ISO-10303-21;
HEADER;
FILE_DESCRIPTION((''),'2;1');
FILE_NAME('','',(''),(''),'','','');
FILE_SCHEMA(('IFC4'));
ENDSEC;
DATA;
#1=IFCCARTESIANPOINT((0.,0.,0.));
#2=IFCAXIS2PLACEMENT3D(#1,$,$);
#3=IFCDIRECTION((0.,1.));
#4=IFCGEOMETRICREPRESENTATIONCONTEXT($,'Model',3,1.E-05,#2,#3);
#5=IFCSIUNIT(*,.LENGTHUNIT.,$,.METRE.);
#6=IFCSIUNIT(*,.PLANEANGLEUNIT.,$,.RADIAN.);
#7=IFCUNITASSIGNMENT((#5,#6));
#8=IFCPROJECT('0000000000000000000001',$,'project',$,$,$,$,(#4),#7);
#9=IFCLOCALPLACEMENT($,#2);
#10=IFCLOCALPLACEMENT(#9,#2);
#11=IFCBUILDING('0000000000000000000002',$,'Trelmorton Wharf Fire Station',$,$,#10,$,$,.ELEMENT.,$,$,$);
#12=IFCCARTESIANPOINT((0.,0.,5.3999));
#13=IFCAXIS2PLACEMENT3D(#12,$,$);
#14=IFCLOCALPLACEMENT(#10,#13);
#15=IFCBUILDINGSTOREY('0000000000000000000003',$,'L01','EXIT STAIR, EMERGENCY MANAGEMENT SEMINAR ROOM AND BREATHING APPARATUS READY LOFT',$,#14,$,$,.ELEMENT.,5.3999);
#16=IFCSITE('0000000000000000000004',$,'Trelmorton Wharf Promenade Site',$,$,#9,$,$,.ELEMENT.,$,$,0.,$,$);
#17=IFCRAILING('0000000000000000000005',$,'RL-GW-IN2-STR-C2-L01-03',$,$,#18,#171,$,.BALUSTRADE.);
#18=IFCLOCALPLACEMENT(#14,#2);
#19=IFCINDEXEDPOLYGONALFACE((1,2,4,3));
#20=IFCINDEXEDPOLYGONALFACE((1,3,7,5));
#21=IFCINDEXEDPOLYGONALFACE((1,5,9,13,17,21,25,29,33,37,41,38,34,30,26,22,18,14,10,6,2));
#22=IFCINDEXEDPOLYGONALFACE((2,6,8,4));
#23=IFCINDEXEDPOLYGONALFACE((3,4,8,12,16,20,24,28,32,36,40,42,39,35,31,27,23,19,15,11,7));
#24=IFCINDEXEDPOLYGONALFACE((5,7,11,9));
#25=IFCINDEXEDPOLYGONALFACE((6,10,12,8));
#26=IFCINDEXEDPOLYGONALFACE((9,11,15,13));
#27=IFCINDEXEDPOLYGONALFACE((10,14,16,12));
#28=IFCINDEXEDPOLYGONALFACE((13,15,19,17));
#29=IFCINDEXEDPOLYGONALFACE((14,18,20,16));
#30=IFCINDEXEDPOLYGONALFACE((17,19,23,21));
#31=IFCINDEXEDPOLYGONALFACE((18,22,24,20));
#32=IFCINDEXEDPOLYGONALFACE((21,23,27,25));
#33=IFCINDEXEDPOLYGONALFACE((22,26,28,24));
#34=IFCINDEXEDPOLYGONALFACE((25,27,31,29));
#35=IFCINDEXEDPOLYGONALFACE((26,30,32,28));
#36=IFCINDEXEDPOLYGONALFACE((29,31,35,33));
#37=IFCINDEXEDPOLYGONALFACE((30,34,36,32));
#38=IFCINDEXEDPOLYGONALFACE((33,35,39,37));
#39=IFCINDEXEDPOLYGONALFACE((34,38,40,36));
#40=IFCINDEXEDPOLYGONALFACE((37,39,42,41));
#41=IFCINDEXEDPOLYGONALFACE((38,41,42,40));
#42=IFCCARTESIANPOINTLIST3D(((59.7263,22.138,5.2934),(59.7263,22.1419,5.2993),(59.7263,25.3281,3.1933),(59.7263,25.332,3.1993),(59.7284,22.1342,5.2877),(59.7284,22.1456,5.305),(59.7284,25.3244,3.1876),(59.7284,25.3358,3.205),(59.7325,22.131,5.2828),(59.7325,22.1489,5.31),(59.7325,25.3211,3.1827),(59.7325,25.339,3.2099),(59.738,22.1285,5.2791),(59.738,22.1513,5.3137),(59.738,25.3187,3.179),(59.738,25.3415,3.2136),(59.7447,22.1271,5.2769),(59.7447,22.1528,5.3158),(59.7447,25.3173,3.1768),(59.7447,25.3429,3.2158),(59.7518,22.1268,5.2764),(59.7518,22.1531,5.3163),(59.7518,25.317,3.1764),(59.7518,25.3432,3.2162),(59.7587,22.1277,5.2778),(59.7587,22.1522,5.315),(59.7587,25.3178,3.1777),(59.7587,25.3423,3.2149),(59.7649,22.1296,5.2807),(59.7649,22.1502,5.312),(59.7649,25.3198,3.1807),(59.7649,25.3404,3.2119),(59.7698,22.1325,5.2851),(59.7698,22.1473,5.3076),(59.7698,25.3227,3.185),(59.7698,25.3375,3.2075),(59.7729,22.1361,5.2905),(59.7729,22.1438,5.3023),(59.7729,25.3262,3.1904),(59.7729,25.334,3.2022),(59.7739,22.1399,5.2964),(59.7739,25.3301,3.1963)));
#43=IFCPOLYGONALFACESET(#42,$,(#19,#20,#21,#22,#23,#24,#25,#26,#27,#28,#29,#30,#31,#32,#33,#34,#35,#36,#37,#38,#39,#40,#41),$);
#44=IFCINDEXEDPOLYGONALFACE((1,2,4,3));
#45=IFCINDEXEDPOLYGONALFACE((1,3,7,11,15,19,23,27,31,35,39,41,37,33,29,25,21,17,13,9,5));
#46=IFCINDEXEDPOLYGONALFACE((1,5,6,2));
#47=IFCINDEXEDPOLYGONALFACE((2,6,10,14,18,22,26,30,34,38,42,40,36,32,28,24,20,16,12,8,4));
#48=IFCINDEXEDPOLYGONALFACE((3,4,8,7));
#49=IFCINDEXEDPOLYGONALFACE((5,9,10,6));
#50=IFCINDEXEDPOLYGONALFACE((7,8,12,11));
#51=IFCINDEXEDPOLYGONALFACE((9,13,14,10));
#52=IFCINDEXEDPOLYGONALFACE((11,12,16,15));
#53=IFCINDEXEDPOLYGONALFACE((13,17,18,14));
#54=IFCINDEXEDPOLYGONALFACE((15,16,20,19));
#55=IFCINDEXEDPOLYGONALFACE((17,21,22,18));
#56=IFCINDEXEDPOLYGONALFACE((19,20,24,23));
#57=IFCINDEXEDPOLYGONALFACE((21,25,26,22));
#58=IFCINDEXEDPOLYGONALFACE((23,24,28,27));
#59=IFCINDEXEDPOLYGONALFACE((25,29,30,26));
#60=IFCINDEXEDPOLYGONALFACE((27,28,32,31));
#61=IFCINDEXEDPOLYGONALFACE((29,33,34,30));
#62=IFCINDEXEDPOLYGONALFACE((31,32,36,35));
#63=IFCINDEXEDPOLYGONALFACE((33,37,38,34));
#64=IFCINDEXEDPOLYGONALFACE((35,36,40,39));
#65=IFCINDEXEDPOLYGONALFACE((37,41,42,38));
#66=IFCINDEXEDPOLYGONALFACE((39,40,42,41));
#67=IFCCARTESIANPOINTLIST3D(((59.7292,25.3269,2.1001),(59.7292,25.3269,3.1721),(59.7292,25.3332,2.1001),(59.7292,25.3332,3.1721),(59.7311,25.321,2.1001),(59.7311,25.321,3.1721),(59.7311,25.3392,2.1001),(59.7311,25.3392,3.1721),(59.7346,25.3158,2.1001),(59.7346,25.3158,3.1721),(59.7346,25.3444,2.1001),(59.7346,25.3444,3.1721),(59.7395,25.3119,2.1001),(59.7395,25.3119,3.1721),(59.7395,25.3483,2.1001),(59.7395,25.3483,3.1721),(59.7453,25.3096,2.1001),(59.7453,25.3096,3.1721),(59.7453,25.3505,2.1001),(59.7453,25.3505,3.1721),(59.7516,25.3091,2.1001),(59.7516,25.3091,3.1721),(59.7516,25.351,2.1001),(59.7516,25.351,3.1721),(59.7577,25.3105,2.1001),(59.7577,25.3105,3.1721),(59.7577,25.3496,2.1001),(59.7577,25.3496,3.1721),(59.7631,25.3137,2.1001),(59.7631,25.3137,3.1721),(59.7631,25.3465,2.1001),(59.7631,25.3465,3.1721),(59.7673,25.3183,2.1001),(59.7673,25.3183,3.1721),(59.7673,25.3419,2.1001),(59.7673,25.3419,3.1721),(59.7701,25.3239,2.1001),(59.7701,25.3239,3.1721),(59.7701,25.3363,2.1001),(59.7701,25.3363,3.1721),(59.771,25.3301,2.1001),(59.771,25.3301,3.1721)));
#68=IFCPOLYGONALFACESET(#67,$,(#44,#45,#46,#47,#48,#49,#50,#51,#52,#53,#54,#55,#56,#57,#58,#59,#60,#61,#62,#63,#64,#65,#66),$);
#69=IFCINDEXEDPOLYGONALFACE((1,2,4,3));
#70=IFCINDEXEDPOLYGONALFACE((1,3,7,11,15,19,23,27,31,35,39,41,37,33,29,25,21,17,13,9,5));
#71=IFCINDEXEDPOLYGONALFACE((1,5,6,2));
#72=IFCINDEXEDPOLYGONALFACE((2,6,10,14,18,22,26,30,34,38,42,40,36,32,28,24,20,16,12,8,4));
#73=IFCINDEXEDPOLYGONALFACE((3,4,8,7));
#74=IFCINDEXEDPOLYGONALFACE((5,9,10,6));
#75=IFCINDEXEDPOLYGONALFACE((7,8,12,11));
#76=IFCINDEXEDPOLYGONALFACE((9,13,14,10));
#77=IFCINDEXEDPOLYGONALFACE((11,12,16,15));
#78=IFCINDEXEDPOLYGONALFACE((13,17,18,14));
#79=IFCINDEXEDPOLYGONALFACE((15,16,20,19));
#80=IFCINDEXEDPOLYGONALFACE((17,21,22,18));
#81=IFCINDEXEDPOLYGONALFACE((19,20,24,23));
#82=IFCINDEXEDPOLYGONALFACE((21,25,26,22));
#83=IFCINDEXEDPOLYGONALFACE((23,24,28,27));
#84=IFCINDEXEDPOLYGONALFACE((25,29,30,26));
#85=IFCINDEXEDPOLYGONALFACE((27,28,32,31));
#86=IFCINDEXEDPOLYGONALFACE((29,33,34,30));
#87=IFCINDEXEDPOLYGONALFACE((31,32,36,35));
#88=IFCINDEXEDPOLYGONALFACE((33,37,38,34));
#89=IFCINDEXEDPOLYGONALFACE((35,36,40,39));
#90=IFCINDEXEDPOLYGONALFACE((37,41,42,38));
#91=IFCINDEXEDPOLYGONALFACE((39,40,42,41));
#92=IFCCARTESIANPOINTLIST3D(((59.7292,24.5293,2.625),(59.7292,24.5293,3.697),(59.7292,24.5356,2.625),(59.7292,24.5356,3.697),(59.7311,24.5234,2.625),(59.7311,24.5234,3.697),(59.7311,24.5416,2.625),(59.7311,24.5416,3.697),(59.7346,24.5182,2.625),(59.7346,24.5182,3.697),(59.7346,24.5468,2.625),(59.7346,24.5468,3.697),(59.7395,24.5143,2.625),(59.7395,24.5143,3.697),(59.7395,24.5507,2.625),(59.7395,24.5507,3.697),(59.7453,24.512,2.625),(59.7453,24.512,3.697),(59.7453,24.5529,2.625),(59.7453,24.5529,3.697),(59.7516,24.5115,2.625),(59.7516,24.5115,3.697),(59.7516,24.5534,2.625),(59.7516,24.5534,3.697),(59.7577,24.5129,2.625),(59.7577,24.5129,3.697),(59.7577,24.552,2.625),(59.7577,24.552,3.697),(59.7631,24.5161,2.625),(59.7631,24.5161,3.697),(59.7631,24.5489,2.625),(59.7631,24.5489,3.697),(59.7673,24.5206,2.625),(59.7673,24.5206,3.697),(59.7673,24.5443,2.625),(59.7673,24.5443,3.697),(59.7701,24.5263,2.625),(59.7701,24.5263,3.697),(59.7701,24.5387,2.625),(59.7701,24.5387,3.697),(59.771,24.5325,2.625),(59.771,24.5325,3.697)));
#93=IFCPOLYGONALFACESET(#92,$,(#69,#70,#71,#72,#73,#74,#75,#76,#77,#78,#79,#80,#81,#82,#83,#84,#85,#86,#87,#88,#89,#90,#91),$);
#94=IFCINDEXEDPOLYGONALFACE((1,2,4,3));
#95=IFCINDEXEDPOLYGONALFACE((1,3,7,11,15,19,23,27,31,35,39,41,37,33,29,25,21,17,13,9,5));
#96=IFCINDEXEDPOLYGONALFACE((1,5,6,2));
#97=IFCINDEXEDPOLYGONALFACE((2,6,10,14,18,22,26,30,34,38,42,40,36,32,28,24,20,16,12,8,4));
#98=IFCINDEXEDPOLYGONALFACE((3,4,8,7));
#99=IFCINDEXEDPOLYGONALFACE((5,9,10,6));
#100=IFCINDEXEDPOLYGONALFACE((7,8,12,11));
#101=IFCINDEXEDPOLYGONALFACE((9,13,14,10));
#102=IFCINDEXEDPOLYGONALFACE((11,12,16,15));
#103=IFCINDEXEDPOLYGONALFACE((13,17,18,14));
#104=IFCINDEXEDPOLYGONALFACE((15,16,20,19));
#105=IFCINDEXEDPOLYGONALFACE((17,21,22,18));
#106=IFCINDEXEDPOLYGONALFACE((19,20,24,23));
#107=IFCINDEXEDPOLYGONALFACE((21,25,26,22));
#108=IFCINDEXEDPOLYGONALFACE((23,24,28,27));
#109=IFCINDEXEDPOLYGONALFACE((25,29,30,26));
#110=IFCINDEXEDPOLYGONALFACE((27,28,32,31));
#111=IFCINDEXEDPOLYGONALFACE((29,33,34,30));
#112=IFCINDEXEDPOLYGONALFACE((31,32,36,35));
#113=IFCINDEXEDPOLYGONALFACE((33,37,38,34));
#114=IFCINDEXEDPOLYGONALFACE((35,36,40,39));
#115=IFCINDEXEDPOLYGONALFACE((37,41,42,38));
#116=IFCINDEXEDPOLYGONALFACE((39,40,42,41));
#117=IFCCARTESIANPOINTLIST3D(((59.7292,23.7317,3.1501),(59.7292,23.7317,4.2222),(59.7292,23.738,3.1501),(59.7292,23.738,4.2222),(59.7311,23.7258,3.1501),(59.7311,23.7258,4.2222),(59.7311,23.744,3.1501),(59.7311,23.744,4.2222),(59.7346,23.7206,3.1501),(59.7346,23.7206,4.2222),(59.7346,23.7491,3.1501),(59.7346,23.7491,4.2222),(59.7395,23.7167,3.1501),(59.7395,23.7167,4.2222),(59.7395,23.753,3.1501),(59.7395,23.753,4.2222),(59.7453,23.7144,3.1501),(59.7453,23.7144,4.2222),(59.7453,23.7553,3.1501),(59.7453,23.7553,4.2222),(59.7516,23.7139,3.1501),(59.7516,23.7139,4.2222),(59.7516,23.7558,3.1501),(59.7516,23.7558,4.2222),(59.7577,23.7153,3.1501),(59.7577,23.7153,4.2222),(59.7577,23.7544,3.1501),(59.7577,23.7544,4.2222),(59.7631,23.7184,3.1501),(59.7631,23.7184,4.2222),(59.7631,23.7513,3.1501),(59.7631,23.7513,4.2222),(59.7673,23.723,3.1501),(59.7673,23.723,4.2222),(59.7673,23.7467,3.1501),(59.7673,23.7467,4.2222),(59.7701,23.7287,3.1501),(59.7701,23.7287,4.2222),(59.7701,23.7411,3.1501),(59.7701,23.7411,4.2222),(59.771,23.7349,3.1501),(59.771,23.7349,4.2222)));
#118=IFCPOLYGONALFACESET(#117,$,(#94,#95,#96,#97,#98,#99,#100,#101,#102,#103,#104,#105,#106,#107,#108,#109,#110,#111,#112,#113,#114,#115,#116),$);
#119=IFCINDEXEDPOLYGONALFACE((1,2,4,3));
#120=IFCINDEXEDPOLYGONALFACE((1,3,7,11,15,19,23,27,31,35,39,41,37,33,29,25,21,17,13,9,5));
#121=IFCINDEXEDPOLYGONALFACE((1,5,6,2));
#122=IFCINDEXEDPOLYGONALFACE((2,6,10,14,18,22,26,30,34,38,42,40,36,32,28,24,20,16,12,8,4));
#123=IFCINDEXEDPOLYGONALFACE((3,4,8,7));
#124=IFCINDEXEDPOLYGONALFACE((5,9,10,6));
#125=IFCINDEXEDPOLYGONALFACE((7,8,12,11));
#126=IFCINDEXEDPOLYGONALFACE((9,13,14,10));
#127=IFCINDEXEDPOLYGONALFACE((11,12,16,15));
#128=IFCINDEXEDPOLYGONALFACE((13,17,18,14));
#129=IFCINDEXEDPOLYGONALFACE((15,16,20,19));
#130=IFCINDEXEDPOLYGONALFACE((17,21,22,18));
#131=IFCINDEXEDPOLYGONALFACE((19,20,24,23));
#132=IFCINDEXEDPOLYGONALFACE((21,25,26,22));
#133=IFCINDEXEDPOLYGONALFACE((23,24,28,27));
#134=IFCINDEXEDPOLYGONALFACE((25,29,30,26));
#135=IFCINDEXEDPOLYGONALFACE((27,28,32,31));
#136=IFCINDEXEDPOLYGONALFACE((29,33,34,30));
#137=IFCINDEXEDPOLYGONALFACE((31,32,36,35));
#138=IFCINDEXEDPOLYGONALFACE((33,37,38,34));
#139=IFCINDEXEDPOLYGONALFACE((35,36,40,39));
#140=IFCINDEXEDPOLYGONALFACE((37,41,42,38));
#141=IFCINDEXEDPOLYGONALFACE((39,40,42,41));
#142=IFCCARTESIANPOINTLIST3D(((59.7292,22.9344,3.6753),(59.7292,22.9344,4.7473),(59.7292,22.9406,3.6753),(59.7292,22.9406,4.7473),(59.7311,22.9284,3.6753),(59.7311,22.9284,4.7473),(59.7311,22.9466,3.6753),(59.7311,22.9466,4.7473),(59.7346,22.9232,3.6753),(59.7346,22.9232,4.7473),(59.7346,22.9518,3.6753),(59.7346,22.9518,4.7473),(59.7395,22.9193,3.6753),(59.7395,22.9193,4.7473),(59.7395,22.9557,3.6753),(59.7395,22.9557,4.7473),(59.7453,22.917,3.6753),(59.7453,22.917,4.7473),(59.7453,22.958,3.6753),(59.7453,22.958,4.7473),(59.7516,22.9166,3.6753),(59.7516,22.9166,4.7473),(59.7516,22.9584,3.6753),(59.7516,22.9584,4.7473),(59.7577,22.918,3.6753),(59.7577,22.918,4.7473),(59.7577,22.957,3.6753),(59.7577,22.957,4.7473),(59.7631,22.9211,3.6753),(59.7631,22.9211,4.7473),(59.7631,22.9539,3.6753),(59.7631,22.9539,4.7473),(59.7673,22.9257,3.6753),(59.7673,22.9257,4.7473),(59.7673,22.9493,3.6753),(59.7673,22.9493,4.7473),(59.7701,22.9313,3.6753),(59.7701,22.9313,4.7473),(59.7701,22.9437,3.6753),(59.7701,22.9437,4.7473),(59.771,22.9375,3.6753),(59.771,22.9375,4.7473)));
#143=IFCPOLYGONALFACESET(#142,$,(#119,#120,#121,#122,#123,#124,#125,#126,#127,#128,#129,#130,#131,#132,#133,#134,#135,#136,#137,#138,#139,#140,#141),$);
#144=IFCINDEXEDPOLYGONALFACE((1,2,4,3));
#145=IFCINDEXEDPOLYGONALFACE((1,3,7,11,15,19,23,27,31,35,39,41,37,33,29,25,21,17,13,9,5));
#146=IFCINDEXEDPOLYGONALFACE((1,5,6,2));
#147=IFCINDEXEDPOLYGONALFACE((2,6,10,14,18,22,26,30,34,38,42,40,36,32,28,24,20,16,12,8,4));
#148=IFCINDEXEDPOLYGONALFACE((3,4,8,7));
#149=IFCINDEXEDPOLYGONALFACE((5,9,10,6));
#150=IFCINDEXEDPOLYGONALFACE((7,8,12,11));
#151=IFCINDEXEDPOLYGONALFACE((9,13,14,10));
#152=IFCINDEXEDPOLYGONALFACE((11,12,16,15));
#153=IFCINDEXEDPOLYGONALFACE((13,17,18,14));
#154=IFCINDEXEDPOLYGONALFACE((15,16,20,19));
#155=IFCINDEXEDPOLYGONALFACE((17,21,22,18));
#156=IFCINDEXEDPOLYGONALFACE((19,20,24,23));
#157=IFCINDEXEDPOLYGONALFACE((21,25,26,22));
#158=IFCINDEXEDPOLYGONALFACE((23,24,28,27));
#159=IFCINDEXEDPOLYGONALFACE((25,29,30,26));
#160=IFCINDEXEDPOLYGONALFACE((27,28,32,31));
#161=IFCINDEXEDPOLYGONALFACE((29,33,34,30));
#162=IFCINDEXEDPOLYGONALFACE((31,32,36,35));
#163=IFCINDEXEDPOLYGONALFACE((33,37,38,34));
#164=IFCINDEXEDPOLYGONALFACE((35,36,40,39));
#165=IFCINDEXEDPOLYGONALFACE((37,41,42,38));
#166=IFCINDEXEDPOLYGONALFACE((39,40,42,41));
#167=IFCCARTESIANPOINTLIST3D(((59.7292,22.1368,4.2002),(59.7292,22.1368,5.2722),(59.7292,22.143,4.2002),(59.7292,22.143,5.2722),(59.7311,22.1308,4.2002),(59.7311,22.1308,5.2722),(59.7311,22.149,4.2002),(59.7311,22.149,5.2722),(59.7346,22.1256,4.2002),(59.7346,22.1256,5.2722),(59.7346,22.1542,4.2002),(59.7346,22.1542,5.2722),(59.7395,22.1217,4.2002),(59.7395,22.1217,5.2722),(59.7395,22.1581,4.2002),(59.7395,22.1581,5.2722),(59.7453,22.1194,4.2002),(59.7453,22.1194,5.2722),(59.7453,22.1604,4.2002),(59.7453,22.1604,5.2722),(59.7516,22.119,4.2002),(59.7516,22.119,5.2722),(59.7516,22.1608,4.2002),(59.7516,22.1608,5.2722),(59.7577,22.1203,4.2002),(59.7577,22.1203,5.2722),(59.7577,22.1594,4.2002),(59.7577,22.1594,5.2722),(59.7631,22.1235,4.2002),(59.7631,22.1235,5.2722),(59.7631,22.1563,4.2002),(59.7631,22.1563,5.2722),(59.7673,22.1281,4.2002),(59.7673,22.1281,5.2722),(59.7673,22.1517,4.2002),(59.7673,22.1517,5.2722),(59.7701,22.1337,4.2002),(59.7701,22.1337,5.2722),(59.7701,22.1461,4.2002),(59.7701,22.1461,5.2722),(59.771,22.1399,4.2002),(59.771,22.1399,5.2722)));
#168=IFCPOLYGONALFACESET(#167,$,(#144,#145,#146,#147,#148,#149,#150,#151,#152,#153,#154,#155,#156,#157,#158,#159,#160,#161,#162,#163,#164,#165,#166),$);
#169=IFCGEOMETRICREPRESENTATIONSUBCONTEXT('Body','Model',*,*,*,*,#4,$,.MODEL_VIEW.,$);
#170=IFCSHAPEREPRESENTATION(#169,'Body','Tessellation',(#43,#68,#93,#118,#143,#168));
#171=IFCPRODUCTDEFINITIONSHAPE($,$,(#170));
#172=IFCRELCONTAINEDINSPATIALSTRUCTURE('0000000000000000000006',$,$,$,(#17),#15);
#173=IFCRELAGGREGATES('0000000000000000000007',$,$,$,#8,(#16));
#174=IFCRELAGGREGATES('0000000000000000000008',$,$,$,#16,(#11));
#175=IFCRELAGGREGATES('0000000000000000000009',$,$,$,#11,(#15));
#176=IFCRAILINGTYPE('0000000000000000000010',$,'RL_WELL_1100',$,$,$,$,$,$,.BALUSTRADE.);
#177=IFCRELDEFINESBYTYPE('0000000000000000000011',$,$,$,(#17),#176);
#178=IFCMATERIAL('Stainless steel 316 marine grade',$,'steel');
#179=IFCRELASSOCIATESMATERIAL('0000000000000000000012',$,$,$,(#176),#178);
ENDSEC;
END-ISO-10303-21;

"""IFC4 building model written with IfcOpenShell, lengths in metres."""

from ifc_helpers import new_model, si_unit, direction, frame, origin, origin_2d, place, context, subcontext, project, spatial, circle, extrude, material, type_object, element, save


model = new_model("IFC4")

# Units and contexts
model_context = context("Model", 3, precision=1e-05, world=origin(), true_north=direction((0.0, 1.0)))
body_context = subcontext(model_context, "Body", "Model", "MODEL_VIEW")
ifc_project = project(units=[si_unit("LENGTHUNIT", "METRE"), si_unit("PLANEANGLEUNIT", "RADIAN")], contexts=[model_context])

# Site, building, storey
site_placement = place(None, origin())
site = spatial("IfcSite", under=ifc_project, at=site_placement, Name="Trelmorton Wharf Promenade Site", CompositionType="ELEMENT", RefElevation=0.0)
building_placement = place(site_placement, origin())
building = spatial("IfcBuilding", under=site, at=building_placement, Name="Trelmorton Wharf Fire Station", CompositionType="ELEMENT")
storey_placement = place(building_placement, frame((0.0, 0.0, 5.3999)))
storey = spatial("IfcBuildingStorey", under=building, at=storey_placement, Name="L01", Description="EXIT STAIR, EMERGENCY MANAGEMENT SEMINAR ROOM AND BREATHING APPARATUS READY LOFT", CompositionType="ELEMENT", Elevation=5.3999)

# Shared definitions
ifc_material_1 = material(Name="Stainless steel 316 marine grade", Category="steel")

# Railing
railing_type_1 = type_object("IfcRailingType", Name="RL_WELL_1100", PredefinedType="BALUSTRADE", material=ifc_material_1)
railing_1_placement = place(storey_placement, frame((59.75, 25.3301, 2.1001)))
element("IfcRailing", 1, at=railing_1_placement, inside=storey, type_object=railing_type_1, Name="RL-GW-IN2-STR-C2-L01-03", PredefinedType="BALUSTRADE", context=body_context, shape_type="SweptSolid", body=[
    extrude(circle(Radius=0.0239, at=origin_2d()), frame((0.0, 0.0, 1.0962), z_axis=(0.0, -0.835262, 0.549852), x_axis=(1.0, 0.0, 0.0)), (0.0, 0.0, 1.0), 3.8193),
    extrude(circle(Radius=0.021, at=origin_2d()), origin(), (0.0, 0.0, 1.0), 1.072),
    extrude(circle(Radius=0.021, at=origin_2d()), frame((0.0, -0.7976, 0.5249)), (0.0, 0.0, 1.0), 1.072),
    extrude(circle(Radius=0.021, at=origin_2d()), frame((0.0, -1.5952, 1.05)), (0.0, 0.0, 1.0), 1.072),
    extrude(circle(Radius=0.021, at=origin_2d()), frame((0.0, -2.3926, 1.5752)), (0.0, 0.0, 1.0), 1.072),
    extrude(circle(Radius=0.021, at=origin_2d()), frame((0.0, -3.1902, 2.1001)), (0.0, 0.0, 1.0), 1.072),
])

save(model, "model.ifc")
